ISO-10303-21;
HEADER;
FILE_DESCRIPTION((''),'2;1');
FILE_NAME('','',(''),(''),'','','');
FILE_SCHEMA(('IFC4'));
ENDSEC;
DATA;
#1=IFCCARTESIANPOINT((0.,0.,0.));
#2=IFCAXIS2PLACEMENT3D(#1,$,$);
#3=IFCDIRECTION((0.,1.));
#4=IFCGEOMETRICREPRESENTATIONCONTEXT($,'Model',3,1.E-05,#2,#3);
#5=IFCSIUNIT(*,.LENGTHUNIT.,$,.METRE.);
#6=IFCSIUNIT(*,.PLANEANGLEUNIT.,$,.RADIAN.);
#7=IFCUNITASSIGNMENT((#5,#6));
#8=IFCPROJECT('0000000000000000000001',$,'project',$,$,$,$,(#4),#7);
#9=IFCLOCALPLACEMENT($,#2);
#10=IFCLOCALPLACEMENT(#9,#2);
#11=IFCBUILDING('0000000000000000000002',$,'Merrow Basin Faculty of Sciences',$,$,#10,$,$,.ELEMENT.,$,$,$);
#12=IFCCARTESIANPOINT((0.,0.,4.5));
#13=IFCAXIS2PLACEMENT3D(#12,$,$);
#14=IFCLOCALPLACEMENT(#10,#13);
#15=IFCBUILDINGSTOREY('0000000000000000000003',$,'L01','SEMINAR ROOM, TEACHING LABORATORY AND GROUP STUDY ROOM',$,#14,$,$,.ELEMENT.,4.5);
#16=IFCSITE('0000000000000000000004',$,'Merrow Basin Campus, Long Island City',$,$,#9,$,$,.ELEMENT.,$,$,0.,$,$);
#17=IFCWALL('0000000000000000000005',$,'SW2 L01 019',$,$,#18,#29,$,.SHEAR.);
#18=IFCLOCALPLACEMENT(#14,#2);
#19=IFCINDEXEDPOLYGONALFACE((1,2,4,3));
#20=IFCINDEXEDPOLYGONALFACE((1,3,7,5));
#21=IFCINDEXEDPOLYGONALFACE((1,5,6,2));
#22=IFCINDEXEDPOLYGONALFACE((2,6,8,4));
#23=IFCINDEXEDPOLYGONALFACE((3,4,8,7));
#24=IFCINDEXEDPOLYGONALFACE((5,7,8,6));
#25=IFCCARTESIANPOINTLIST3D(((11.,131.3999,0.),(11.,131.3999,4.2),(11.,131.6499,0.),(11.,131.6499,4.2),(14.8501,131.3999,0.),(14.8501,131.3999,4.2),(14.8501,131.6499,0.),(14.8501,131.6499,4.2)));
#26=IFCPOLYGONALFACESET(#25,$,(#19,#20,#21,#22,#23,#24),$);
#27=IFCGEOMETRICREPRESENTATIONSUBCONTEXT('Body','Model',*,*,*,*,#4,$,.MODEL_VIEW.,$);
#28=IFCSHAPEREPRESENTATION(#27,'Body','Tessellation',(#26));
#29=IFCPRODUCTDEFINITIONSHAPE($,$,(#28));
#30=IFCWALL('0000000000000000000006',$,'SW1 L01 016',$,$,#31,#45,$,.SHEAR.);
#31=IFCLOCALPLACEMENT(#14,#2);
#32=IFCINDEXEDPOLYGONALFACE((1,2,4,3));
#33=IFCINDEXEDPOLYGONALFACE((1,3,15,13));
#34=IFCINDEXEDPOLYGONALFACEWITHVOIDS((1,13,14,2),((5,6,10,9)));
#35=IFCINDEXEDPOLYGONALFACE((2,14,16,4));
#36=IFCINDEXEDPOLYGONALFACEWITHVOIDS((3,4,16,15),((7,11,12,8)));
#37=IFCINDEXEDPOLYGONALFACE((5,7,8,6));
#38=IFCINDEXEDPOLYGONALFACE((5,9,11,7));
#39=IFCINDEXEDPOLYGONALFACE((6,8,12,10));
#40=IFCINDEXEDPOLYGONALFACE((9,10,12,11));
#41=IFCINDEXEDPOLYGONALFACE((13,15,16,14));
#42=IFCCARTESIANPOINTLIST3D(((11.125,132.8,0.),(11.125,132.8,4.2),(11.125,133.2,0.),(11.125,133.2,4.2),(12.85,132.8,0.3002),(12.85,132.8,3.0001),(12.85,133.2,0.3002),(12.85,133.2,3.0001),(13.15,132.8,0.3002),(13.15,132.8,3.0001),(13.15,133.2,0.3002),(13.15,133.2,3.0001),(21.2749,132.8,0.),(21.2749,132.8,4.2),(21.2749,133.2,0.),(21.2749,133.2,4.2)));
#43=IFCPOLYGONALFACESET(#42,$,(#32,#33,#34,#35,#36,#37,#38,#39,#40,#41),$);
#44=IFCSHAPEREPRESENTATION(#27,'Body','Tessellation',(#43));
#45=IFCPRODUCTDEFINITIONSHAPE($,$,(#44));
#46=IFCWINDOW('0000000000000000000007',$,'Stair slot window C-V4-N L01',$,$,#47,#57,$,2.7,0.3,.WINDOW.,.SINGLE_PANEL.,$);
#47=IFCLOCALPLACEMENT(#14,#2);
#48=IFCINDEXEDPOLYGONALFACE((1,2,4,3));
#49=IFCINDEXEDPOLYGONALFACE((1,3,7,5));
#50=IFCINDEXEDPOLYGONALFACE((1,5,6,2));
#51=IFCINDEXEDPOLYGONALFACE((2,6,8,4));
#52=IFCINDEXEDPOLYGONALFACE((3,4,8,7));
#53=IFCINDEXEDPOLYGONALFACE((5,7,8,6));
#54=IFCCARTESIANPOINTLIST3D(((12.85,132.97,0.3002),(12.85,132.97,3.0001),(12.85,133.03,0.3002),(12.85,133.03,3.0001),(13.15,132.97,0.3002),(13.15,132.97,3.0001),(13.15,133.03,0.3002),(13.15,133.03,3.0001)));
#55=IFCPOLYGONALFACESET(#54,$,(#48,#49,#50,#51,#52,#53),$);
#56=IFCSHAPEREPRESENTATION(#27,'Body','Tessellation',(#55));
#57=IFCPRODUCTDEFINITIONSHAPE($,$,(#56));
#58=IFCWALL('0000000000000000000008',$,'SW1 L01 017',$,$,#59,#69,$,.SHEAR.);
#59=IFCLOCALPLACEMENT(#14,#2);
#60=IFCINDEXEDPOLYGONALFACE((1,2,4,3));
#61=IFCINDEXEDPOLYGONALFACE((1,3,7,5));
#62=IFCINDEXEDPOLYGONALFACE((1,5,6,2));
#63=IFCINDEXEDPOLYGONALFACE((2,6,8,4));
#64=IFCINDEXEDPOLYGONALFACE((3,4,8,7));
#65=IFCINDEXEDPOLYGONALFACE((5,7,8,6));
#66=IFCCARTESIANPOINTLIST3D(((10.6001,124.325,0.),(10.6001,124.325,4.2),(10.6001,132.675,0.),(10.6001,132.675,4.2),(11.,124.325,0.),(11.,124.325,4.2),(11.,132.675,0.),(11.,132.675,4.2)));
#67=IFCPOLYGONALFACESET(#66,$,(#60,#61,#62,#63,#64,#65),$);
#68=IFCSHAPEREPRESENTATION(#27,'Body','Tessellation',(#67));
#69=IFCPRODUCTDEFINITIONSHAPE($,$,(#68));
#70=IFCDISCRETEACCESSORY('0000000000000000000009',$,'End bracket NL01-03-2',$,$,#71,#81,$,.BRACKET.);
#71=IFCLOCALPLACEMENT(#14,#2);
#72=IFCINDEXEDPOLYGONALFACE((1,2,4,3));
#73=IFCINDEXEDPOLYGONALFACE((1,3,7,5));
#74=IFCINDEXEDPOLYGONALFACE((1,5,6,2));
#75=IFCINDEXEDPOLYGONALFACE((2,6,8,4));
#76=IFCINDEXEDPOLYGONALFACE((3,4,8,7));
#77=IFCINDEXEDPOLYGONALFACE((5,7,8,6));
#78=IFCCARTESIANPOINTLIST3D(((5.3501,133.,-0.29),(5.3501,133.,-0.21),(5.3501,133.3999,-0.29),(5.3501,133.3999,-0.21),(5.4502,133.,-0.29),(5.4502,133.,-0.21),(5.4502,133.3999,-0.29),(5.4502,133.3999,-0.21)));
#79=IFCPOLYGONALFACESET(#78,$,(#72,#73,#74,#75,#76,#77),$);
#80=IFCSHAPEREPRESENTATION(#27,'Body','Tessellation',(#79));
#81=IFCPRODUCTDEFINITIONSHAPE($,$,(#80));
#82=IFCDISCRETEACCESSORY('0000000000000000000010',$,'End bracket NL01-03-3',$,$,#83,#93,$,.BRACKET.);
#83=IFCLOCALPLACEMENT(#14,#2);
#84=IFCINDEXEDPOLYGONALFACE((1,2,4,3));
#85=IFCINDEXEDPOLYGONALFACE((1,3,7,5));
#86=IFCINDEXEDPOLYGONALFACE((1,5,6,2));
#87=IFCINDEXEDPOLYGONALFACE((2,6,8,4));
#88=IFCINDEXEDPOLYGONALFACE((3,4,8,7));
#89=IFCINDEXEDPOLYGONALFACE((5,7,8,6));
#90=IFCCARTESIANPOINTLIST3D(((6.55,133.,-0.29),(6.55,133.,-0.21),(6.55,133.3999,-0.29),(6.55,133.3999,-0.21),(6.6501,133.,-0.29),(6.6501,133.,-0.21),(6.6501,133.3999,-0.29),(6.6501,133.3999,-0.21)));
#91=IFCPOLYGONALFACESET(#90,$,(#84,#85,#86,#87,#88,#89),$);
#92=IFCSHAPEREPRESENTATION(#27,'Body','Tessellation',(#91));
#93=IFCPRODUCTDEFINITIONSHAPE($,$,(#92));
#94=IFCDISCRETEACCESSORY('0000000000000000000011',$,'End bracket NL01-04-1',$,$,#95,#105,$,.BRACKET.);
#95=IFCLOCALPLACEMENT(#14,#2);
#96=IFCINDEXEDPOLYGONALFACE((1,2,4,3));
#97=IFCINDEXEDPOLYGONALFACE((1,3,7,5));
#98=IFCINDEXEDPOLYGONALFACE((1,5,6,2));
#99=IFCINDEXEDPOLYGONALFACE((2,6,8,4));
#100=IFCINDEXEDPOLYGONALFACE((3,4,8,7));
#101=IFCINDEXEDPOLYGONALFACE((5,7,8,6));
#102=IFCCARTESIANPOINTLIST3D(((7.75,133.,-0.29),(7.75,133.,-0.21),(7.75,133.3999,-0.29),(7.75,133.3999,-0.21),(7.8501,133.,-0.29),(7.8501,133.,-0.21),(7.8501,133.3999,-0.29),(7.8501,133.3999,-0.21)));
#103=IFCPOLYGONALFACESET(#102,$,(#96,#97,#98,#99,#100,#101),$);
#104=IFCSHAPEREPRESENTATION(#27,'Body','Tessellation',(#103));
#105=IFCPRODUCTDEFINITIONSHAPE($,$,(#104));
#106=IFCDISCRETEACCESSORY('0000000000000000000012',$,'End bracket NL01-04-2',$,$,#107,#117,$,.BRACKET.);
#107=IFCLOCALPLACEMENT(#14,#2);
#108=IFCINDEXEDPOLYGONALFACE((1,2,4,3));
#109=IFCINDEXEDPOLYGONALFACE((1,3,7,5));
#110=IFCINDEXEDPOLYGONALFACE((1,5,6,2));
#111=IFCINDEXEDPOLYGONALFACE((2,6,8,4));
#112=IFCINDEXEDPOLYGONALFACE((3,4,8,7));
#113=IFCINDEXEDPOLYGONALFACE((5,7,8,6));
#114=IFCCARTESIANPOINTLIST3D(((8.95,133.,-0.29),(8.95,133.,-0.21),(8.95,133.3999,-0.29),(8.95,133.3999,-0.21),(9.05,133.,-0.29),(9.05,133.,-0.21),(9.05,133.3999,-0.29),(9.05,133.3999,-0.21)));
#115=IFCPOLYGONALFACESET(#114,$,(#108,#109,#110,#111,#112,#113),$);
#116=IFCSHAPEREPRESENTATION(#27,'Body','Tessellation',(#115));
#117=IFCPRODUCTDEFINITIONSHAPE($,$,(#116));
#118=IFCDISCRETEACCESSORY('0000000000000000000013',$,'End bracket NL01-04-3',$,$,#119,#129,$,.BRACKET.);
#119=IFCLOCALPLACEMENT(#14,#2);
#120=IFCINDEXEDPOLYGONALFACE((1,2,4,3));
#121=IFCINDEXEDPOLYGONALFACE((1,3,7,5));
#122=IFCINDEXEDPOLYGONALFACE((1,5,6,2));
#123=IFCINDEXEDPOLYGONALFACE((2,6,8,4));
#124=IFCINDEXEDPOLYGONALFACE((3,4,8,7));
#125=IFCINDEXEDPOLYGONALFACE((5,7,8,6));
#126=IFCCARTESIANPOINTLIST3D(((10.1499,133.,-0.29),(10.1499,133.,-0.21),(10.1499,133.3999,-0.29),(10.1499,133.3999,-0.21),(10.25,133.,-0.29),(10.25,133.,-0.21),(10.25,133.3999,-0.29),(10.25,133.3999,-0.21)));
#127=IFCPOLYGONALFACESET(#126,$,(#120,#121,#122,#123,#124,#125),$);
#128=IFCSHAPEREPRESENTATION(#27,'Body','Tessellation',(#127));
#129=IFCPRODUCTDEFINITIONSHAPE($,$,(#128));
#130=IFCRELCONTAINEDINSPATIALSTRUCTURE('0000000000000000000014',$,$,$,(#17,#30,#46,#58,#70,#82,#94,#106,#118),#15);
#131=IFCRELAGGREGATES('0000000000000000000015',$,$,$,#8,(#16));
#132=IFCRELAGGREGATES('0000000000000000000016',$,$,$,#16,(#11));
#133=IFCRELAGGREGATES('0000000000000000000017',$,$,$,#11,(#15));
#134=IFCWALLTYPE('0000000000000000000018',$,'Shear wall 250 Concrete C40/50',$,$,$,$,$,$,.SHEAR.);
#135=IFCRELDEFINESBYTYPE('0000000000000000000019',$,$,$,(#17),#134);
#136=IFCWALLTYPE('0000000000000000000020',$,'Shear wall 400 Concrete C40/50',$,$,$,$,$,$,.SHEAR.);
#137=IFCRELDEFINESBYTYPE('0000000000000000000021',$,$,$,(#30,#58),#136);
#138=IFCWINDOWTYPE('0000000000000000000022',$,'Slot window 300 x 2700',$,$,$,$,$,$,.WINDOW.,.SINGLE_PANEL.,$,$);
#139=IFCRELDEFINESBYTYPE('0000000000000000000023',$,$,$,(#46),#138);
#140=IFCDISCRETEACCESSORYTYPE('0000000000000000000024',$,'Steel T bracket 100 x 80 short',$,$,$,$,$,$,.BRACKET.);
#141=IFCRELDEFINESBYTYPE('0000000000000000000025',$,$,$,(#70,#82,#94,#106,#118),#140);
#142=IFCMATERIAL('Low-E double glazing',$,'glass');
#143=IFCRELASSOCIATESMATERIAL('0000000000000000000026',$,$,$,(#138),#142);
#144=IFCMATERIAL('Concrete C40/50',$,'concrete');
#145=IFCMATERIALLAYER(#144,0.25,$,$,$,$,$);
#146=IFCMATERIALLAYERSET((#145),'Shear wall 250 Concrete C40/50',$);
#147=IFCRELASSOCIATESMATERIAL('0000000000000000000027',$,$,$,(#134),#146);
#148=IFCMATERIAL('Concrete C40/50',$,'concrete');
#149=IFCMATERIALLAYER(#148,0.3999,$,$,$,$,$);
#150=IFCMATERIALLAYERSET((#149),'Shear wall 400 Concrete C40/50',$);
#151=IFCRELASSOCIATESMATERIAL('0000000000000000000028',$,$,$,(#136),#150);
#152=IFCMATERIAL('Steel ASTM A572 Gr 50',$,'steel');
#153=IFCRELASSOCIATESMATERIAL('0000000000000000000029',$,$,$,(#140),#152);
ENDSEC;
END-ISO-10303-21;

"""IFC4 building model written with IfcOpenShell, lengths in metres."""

from ifc_helpers import new_model, si_unit, direction, frame, frame_2d, origin, place, context, subcontext, project, spatial, polyline, rectangle, outline, extrude, source, transform, mapped, material, layer, layer_set, type_object, element, fill, save


model = new_model("IFC4")

# Units and contexts
model_context = context("Model", 3, precision=1e-05, world=origin(), true_north=direction((0.0, 1.0)))
body_context = subcontext(model_context, "Body", "Model", "MODEL_VIEW")
ifc_project = project(units=[si_unit("LENGTHUNIT", "METRE"), si_unit("PLANEANGLEUNIT", "RADIAN")], contexts=[model_context])

# Site, building, storey
site_placement = place(None, origin())
site = spatial("IfcSite", under=ifc_project, at=site_placement, Name="Merrow Basin Campus, Long Island City", CompositionType="ELEMENT", RefElevation=0.0)
building_placement = place(site_placement, origin())
building = spatial("IfcBuilding", under=site, at=building_placement, Name="Merrow Basin Faculty of Sciences", CompositionType="ELEMENT")
storey_placement = place(building_placement, frame((0.0, 0.0, 4.5)))
storey = spatial("IfcBuildingStorey", under=building, at=storey_placement, Name="L01", Description="SEMINAR ROOM, TEACHING LABORATORY AND GROUP STUDY ROOM", CompositionType="ELEMENT", Elevation=4.5)

# Shared definitions
ifc_material_1 = material(Name="Low-E double glazing", Category="glass")
window_type = type_object("IfcWindowType", Name="Slot window 300 x 2700", PartitioningType="SINGLE_PANEL", PredefinedType="WINDOW", material=ifc_material_1)

# Wall
ifc_material_2 = material(Name="Concrete C40/50", Category="concrete")
ifc_layer_1 = layer(ifc_material_2, 0.25)
ifc_layer_set_1 = layer_set([ifc_layer_1], Name="Shear wall 250 Concrete C40/50")
wall_type_1 = type_object("IfcWallType", Name="Shear wall 250 Concrete C40/50", PredefinedType="SHEAR", material=ifc_layer_set_1)
wall_1_placement = place(storey_placement, frame((11.0, 131.5249, 0.0), z_axis=(0.0, 0.0, 1.0), x_axis=(1.0, 0.0, 0.0)))
element("IfcWall", 1, at=wall_1_placement, inside=storey, type_object=wall_type_1, Name="SW2 L01 019", PredefinedType="SHEAR", context=body_context, shape_type="SweptSolid", body=[
    extrude(rectangle(XDim=3.8501, YDim=0.25, at=frame_2d((1.925, 0.0))), origin(), (0.0, 0.0, 1.0), 4.2),
])

# Wall, opening, window
ifc_material_3 = material(Name="Concrete C40/50", Category="concrete")
ifc_layer_2 = layer(ifc_material_3, 0.3999)
ifc_layer_set_2 = layer_set([ifc_layer_2], Name="Shear wall 400 Concrete C40/50")
wall_type_2 = type_object("IfcWallType", Name="Shear wall 400 Concrete C40/50", PredefinedType="SHEAR", material=ifc_layer_set_2)
wall_2_placement = place(storey_placement, frame((11.125, 133.0, 0.0), z_axis=(0.0, 0.0, 1.0), x_axis=(1.0, 0.0, 0.0)))
wall_2 = element("IfcWall", 2, at=wall_2_placement, inside=storey, type_object=wall_type_2, Name="SW1 L01 016", PredefinedType="SHEAR", context=body_context, shape_type="SweptSolid", body=[
    extrude(rectangle(XDim=10.1499, YDim=0.3999, at=frame_2d((5.075, 0.0))), origin(), (0.0, 0.0, 1.0), 4.2),
])
opening_1_placement = place(wall_2_placement, frame((1.7251, 0.0, 0.3)))
opening_1 = element("IfcOpeningElement", 3, at=opening_1_placement, cuts=wall_2, PredefinedType="OPENING", context=body_context, shape_type="SweptSolid", body=[
    extrude(rectangle(XDim=0.3, YDim=2.7, at=frame_2d((0.1499, 1.3501))), frame((0.0, 0.21, 0.0), z_axis=(0.0, -1.0, 0.0), x_axis=(1.0, 0.0, 0.0)), (0.0, 0.0, 1.0), 0.4199),
])
window_1_placement = place(opening_1_placement, origin())
window_1 = element("IfcWindow", 4, at=window_1_placement, inside=storey, type_object=window_type, Name="Stair slot window C-V4-N L01", OverallHeight=2.7, OverallWidth=0.3, PartitioningType="SINGLE_PANEL", PredefinedType="WINDOW", context=body_context, shape_type="SweptSolid", body=[
    extrude(rectangle(XDim=0.3, YDim=2.7, at=frame_2d((0.1499, 1.3501))), frame((0.0, 0.03, 0.0), z_axis=(0.0, -1.0, 0.0), x_axis=(1.0, 0.0, 0.0)), (0.0, 0.0, 1.0), 0.0601),
])
fill(opening_1, window_1)

# Wall
wall_3_placement = place(storey_placement, frame((10.8, 124.325, 0.0), z_axis=(0.0, 0.0, 1.0), x_axis=(0.0, 1.0, 0.0)))
element("IfcWall", 5, at=wall_3_placement, inside=storey, type_object=wall_type_2, Name="SW1 L01 017", PredefinedType="SHEAR", context=body_context, shape_type="SweptSolid", body=[
    extrude(rectangle(XDim=8.3501, YDim=0.3999, at=frame_2d((4.175, 0.0))), origin(), (0.0, 0.0, 1.0), 4.2),
])

# Discrete accessories
ifc_material_4 = material(Name="Steel ASTM A572 Gr 50", Category="steel")
discrete_accessory_type = type_object("IfcDiscreteAccessoryType", Name="Steel T bracket 100 x 80 short", PredefinedType="BRACKET", material=ifc_material_4)
shared_shape_1 = source(origin(), body_context, "Body", "SweptSolid", [
    extrude(outline(polyline([(0.0, 0.0), (0.1001, 0.0), (0.1001, 0.0801), (0.0, 0.0801), (0.0, 0.0)])), origin(), (0.0, 0.0, 1.0), 0.3999),
])
for number, where, z_axis, x_axis, name in (
    (6, (5.3501, 133.3999, -0.29), (0.0, -1.0, 0.0), (1.0, 0.0, 0.0), "End bracket NL01-03-2"),
    (7, (6.55, 133.3999, -0.29), (0.0, -1.0, 0.0), (1.0, 0.0, 0.0), "End bracket NL01-03-3"),
    (8, (7.75, 133.3999, -0.29), (0.0, -1.0, 0.0), (1.0, 0.0, 0.0), "End bracket NL01-04-1"),
    (9, (8.95, 133.3999, -0.29), (0.0, -1.0, 0.0), (1.0, 0.0, 0.0), "End bracket NL01-04-2"),
    (10, (10.1499, 133.3999, -0.29), (0.0, -1.0, 0.0), (1.0, 0.0, 0.0), "End bracket NL01-04-3"),
):
    element("IfcDiscreteAccessory", number, at=place(storey_placement, frame(where, z_axis=z_axis, x_axis=x_axis)), inside=storey, type_object=discrete_accessory_type, Name=name, PredefinedType="BRACKET", context=body_context, shape_type="MappedRepresentation", body=[
        mapped(shared_shape_1, transform((0.0, 0.0, 0.0), scale=1.0)),
    ])

save(model, "model.ifc")
